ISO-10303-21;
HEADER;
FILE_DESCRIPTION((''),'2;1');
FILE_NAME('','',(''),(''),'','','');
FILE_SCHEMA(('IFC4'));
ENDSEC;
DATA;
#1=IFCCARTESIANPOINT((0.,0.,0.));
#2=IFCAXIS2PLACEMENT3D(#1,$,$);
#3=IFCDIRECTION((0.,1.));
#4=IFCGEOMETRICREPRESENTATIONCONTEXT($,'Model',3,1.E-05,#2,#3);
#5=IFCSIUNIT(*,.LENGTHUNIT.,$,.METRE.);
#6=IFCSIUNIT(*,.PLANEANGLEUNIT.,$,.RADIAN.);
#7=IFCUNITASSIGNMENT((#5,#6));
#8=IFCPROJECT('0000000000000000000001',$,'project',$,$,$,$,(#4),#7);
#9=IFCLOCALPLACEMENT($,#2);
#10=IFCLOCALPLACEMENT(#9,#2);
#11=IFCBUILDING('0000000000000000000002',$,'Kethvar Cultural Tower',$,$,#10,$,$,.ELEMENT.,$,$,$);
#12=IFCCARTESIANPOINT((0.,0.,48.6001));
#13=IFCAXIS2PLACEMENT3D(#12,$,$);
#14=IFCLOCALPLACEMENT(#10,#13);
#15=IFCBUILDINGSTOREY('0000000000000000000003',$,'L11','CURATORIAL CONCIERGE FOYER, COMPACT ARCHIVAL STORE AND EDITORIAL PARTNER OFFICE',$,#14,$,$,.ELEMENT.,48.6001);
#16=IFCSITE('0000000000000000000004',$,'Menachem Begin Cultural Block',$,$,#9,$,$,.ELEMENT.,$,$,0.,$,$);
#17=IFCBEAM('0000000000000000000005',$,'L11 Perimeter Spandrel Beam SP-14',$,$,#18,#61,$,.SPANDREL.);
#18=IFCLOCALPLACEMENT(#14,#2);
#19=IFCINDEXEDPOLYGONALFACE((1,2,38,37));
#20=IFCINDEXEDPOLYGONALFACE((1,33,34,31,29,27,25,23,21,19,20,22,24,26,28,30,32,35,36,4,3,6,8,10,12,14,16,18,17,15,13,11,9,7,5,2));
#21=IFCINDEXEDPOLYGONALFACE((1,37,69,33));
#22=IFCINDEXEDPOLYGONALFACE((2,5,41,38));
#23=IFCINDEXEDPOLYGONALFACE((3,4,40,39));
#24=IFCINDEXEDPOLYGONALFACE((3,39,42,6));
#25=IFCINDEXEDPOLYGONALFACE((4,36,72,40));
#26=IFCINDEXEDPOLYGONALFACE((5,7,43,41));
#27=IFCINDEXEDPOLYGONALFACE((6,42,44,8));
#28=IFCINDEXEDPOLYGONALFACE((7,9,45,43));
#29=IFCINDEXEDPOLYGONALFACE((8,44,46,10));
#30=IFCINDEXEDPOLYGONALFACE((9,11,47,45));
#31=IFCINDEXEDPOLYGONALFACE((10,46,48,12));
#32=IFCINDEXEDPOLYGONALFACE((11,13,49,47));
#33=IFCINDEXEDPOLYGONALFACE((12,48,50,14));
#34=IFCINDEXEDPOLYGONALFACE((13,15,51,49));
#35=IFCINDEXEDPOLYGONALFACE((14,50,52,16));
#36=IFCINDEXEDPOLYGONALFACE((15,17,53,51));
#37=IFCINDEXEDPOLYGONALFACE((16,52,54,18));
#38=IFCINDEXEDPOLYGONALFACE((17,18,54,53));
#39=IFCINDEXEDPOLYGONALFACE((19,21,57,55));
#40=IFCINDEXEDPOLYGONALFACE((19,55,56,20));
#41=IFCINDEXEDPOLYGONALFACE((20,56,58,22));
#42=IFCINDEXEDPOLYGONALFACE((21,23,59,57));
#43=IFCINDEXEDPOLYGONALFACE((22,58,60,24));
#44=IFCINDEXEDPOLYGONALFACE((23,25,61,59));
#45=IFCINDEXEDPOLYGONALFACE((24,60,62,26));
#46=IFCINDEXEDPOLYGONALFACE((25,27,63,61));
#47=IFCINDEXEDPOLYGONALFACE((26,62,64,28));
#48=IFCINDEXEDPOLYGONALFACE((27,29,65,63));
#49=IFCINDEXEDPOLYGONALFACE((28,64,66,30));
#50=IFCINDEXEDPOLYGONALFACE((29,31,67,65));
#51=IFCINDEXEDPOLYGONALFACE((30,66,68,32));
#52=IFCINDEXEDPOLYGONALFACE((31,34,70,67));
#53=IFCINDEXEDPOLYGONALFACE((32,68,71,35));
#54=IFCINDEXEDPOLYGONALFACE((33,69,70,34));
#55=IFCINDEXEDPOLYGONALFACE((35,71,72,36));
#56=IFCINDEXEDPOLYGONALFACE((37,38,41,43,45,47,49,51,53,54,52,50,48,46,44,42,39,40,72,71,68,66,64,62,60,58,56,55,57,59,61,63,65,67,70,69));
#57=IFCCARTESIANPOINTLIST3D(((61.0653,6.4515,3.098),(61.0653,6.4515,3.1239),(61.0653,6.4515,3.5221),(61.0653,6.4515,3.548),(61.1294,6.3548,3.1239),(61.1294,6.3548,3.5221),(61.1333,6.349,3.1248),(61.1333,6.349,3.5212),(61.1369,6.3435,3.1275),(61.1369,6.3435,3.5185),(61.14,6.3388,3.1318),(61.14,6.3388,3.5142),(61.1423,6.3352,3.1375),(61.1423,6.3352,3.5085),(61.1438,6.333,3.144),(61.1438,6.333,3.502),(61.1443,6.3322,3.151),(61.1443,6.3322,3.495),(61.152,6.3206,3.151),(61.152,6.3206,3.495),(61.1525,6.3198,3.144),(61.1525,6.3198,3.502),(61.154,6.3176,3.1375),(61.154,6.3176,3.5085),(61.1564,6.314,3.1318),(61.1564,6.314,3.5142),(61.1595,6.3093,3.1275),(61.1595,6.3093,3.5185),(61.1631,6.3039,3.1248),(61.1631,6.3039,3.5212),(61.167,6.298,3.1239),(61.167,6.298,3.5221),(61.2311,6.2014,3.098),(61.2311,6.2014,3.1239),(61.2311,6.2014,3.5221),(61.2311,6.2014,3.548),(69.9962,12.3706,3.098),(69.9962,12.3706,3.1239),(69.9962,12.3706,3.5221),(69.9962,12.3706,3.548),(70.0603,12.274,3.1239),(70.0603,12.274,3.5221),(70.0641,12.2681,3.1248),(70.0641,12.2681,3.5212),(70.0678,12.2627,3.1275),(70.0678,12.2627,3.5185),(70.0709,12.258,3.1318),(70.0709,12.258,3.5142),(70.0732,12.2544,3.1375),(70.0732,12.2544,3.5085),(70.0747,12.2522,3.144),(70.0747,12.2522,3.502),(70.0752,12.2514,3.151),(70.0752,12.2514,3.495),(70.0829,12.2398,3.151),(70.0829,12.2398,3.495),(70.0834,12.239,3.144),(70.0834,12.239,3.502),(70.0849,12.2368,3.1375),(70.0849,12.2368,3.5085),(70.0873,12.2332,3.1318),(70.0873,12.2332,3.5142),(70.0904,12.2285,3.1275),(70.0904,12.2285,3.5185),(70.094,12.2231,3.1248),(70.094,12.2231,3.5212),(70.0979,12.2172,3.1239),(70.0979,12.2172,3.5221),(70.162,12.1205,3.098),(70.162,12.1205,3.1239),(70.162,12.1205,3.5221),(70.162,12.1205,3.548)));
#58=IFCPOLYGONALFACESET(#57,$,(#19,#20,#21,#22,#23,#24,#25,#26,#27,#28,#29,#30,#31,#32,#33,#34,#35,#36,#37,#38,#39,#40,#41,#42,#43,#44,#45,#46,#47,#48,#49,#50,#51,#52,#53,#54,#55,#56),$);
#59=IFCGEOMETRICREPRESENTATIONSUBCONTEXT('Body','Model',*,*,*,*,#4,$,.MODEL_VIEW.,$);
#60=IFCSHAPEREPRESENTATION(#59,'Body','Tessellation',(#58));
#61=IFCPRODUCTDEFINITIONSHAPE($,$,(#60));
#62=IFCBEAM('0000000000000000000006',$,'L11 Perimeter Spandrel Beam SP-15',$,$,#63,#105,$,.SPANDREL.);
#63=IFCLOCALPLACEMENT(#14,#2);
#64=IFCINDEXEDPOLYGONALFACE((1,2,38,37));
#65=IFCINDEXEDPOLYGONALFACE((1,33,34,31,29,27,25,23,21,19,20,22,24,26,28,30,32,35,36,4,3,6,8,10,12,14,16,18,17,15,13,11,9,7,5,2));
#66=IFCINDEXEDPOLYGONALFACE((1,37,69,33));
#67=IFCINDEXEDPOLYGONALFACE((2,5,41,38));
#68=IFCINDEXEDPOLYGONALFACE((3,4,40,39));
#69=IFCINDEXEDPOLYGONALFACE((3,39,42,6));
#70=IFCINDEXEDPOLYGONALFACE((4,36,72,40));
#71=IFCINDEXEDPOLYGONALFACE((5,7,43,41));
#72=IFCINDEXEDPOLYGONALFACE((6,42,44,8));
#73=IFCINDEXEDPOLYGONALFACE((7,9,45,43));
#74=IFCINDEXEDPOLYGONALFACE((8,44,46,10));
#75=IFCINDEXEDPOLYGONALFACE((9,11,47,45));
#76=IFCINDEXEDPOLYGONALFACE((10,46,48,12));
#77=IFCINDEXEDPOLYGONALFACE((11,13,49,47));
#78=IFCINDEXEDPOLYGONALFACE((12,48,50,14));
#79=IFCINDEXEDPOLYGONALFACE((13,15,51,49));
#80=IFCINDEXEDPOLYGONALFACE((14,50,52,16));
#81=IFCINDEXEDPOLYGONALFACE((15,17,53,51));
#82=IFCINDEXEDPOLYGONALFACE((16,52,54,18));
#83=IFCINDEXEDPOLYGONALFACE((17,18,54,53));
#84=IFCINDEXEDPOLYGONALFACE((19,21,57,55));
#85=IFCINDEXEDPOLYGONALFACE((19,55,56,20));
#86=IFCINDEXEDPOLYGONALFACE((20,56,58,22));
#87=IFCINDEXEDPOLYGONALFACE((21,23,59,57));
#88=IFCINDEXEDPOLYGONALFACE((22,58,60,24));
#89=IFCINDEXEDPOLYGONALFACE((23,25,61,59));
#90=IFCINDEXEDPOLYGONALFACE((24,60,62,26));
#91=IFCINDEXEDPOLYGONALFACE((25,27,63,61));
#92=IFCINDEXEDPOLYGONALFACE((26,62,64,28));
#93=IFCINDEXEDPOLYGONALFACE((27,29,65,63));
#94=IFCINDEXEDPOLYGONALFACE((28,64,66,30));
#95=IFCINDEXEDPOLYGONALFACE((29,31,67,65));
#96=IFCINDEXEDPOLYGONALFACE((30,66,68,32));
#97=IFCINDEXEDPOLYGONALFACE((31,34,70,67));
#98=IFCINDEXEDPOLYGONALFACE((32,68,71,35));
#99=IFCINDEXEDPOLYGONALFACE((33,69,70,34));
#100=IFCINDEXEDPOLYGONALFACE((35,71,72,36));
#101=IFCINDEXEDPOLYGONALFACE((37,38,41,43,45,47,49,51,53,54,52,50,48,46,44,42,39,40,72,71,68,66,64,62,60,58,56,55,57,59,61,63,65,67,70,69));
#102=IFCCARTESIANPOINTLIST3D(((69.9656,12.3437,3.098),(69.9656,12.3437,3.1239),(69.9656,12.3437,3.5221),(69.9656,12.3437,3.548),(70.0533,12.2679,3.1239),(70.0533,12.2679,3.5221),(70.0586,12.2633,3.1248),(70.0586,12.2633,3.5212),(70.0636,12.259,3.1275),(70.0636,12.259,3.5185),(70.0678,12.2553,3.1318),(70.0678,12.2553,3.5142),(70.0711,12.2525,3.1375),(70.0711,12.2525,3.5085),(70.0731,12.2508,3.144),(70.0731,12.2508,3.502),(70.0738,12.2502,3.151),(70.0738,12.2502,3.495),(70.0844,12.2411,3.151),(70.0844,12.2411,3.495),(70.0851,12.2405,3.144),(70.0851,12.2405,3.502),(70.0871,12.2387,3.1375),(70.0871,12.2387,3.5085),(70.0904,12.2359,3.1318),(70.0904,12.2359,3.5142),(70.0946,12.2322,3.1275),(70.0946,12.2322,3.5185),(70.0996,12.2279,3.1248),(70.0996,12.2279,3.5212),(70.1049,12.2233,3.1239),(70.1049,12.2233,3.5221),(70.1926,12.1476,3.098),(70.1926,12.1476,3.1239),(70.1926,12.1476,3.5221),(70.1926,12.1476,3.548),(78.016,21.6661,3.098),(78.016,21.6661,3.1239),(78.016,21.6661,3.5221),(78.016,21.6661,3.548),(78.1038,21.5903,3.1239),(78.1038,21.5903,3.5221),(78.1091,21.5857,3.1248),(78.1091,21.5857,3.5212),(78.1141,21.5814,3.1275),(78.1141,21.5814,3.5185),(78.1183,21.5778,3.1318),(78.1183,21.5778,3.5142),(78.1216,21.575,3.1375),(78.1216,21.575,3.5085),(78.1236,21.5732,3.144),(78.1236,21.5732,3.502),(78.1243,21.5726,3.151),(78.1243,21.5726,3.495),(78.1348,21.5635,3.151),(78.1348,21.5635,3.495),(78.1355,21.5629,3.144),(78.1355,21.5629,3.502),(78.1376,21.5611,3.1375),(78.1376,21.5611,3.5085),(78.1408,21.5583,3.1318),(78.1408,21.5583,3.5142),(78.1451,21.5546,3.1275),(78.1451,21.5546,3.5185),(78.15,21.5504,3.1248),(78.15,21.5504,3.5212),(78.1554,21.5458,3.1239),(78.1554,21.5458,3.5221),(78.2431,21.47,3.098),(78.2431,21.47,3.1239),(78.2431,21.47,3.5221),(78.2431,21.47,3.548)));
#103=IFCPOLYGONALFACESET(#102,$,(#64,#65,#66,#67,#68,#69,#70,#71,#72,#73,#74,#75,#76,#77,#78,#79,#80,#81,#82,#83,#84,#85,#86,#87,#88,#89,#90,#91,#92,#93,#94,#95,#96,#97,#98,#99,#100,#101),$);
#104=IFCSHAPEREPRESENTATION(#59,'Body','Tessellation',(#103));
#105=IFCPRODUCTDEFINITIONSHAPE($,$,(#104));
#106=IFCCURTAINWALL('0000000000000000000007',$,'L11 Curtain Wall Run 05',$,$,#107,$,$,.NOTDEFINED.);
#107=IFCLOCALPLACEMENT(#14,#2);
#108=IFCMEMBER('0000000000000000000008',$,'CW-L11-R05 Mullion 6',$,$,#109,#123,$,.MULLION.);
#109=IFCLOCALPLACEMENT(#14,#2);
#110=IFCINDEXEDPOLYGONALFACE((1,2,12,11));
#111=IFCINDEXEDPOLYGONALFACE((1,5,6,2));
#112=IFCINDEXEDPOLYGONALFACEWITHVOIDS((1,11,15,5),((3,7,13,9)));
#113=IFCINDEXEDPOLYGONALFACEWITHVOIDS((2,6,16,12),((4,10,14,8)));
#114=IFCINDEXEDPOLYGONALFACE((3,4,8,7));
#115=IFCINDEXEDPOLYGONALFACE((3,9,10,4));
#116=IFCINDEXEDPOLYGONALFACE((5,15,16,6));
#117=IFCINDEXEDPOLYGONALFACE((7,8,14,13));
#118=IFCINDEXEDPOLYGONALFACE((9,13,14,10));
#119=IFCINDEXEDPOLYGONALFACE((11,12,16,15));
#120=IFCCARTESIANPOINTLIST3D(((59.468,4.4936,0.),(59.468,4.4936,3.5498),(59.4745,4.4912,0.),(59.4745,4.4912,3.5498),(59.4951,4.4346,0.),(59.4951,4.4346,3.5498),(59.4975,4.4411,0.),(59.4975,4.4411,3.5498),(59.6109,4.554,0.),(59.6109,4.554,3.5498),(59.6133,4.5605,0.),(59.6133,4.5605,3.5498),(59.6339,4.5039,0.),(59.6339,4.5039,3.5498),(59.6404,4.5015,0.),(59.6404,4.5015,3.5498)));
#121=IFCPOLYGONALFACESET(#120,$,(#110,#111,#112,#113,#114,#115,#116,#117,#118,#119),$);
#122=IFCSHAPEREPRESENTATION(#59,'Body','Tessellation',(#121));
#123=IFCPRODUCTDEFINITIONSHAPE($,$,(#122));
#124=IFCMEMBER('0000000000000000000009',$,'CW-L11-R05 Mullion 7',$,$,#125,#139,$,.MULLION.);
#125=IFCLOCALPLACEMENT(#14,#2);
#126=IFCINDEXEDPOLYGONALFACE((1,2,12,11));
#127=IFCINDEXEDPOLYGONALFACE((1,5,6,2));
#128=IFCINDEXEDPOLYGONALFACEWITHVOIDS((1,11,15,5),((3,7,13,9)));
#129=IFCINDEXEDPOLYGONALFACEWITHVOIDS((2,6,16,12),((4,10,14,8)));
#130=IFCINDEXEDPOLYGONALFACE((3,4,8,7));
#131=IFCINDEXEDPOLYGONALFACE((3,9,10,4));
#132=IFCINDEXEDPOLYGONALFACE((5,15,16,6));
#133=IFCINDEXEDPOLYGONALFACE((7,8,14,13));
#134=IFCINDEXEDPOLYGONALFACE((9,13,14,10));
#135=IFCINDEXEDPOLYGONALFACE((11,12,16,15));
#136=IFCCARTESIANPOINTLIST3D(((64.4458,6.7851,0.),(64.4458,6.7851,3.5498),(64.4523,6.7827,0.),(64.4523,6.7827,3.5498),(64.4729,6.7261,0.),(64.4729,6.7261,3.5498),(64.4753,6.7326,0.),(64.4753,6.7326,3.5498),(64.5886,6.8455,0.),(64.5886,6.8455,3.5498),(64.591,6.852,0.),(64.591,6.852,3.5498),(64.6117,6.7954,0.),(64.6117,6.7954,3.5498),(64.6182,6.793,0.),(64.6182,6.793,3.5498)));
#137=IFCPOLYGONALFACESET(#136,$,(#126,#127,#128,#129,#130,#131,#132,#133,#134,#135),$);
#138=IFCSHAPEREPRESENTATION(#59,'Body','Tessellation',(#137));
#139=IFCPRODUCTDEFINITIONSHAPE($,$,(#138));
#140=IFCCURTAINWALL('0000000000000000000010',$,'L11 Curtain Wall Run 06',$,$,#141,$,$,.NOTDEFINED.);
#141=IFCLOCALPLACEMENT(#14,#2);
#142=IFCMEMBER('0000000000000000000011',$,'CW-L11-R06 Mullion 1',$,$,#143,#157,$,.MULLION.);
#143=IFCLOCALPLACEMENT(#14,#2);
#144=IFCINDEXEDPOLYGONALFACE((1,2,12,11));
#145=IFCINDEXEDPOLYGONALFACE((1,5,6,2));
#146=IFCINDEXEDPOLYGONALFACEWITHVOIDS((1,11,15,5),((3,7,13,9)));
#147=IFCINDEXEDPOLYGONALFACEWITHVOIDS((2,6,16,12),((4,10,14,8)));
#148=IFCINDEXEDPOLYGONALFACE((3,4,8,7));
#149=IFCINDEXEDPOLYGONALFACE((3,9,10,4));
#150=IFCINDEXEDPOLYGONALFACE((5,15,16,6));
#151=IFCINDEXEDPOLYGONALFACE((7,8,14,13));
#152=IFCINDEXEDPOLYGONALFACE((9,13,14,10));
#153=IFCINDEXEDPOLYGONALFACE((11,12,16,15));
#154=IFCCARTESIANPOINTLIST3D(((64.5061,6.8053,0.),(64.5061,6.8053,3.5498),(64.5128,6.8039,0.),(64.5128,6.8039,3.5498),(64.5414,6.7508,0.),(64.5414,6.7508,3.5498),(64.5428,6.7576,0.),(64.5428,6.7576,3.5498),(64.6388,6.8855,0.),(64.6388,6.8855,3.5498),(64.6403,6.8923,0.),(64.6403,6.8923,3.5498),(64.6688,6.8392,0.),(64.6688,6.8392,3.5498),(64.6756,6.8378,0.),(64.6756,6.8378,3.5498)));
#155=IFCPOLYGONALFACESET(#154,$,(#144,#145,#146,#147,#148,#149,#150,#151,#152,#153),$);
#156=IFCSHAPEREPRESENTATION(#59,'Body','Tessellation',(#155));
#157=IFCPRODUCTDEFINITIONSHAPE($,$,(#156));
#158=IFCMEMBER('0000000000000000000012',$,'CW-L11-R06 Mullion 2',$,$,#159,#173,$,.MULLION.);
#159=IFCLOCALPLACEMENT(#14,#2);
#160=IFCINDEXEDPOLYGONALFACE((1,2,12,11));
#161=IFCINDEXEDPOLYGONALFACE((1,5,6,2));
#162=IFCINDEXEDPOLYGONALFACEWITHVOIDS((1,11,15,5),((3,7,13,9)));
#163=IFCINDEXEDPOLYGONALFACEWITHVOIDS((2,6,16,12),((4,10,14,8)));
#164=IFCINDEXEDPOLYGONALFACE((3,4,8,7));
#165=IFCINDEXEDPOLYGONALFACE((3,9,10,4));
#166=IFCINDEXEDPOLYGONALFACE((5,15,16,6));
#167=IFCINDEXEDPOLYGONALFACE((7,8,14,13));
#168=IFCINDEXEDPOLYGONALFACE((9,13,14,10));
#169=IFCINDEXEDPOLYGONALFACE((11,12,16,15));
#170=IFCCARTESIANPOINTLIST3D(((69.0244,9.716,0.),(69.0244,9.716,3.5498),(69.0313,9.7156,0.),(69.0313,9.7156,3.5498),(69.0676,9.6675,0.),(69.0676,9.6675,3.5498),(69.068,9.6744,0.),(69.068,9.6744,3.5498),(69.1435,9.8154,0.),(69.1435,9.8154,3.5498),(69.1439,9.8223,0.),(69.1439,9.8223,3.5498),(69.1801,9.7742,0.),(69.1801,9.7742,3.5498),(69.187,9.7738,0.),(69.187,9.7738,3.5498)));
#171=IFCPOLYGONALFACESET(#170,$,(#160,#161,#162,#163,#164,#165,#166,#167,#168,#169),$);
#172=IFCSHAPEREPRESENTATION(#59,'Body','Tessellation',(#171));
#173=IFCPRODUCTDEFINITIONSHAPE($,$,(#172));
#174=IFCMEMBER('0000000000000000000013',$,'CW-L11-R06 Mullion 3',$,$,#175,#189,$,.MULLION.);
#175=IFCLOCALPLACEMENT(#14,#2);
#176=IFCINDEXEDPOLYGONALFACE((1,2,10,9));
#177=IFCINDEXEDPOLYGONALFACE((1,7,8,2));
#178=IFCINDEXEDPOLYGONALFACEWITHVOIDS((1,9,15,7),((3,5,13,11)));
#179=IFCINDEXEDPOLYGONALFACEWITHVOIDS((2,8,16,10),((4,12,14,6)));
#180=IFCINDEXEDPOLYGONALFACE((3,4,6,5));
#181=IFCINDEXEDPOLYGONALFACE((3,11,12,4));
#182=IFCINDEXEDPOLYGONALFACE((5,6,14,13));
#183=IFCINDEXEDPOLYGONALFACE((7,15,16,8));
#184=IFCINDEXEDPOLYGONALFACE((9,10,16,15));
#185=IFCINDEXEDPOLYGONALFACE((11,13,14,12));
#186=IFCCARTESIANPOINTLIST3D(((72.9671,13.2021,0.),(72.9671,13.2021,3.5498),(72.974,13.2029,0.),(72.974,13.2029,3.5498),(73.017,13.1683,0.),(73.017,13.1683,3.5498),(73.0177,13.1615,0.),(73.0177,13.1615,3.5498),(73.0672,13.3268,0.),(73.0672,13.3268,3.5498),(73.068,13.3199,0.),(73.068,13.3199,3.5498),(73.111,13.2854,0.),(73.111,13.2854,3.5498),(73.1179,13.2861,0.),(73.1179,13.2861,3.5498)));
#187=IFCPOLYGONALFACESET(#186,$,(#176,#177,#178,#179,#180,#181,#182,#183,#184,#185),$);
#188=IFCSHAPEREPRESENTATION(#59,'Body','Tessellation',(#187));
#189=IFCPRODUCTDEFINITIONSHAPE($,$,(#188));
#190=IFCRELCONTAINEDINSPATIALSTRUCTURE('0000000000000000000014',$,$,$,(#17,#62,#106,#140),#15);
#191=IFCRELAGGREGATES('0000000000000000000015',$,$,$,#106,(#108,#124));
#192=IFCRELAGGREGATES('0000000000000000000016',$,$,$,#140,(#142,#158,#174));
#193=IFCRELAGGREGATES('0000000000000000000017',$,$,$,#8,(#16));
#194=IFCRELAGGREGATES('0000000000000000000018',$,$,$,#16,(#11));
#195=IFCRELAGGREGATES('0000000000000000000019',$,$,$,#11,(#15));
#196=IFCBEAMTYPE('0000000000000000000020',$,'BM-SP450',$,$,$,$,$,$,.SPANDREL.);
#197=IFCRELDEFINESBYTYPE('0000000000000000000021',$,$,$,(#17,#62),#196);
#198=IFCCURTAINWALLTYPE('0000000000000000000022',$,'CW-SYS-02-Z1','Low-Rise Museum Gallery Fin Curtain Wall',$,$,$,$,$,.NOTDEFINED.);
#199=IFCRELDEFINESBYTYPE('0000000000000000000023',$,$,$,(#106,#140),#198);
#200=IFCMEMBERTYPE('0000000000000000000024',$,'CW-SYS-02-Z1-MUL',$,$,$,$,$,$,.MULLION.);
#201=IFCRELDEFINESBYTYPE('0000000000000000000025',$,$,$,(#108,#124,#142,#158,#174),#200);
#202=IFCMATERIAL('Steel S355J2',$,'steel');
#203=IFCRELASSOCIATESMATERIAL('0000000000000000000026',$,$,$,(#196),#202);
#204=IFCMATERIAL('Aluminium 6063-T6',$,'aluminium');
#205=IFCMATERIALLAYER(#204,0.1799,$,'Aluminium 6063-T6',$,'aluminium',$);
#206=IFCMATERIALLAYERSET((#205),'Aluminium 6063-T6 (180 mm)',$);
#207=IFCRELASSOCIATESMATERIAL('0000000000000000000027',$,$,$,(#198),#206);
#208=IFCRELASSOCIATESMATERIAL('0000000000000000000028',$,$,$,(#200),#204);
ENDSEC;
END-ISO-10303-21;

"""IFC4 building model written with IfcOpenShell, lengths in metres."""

from ifc_helpers import new_model, si_unit, direction, frame, origin, origin_2d, place, context, subcontext, project, spatial, hollow_rectangle, i_section, extrude, source, transform, mapped, material, layer, layer_set, material_profile, profile_set, type_object, element, aggregate, save


model = new_model("IFC4")

# Units and contexts
model_context = context("Model", 3, precision=1e-05, world=origin(), true_north=direction((0.0, 1.0)))
body_context = subcontext(model_context, "Body", "Model", "MODEL_VIEW")
ifc_project = project(units=[si_unit("LENGTHUNIT", "METRE"), si_unit("PLANEANGLEUNIT", "RADIAN")], contexts=[model_context])

# Site, building, storey
site_placement = place(None, origin())
site = spatial("IfcSite", under=ifc_project, at=site_placement, Name="Menachem Begin Cultural Block", CompositionType="ELEMENT", RefElevation=0.0)
building_placement = place(site_placement, origin())
building = spatial("IfcBuilding", under=site, at=building_placement, Name="Kethvar Cultural Tower", CompositionType="ELEMENT")
storey_placement = place(building_placement, frame((0.0, 0.0, 48.6001)))
storey = spatial("IfcBuildingStorey", under=building, at=storey_placement, Name="L11", Description="CURATORIAL CONCIERGE FOYER, COMPACT ARCHIVAL STORE AND EDITORIAL PARTNER OFFICE", CompositionType="ELEMENT", Elevation=48.6001)

# Beams
ifc_material_1 = material(Name="Steel S355J2", Category="steel")
ifc_material_profile_1 = material_profile(ifc_material_1, i_section(OverallWidth=0.3, OverallDepth=0.45, WebThickness=0.0139, FlangeThickness=0.0259, FilletRadius=0.0271, at=origin_2d()), Name="Steel S355J2 — HEB450")
ifc_profile_set_1 = profile_set([ifc_material_profile_1], Name="Steel S355J2 — HEB450")
beam_type_1 = type_object("IfcBeamType", Name="BM-SP450", PredefinedType="SPANDREL", material=ifc_profile_set_1)
shared_shape_1 = source(origin(), body_context, "Body", "SweptSolid", [
    extrude(i_section(OverallWidth=0.3, OverallDepth=0.45, WebThickness=0.0139, FlangeThickness=0.0259, FilletRadius=0.0271, at=origin_2d()), origin(), (0.0, 0.0, 1.0), 10.7144),
])
beam_1_placement = place(storey_placement, frame((61.1482, 6.3264, 3.323), z_axis=(0.833544, 0.552453, 0.0), x_axis=(-0.552453, 0.833544, 0.0)))
element("IfcBeam", 1, at=beam_1_placement, inside=storey, type_object=beam_type_1, Name="L11 Perimeter Spandrel Beam SP-14", PredefinedType="SPANDREL", context=body_context, shape_type="MappedRepresentation", body=[
    mapped(shared_shape_1, transform((0.0, 0.0, 0.0), scale=1.0)),
])
shared_shape_2 = source(origin(), body_context, "Body", "SweptSolid", [
    extrude(i_section(OverallWidth=0.3, OverallDepth=0.45, WebThickness=0.0139, FlangeThickness=0.0259, FilletRadius=0.0271, at=origin_2d()), origin(), (0.0, 0.0, 1.0), 12.3174),
])
beam_2_placement = place(storey_placement, frame((70.0791, 12.2456, 3.323), z_axis=(0.653586, 0.756852, 0.0), x_axis=(-0.756852, 0.653586, 0.0)))
element("IfcBeam", 2, at=beam_2_placement, inside=storey, type_object=beam_type_1, Name="L11 Perimeter Spandrel Beam SP-15", PredefinedType="SPANDREL", context=body_context, shape_type="MappedRepresentation", body=[
    mapped(shared_shape_2, transform((0.0, 0.0, 0.0), scale=1.0)),
])

# Curtain walls, members
ifc_material_2 = material(Name="Aluminium 6063-T6", Category="aluminium")
ifc_layer_1 = layer(ifc_material_2, 0.1799, Name="Aluminium 6063-T6", Category="aluminium")
ifc_layer_set_1 = layer_set([ifc_layer_1], Name="Aluminium 6063-T6 (180 mm)")
curtain_wall_type = type_object("IfcCurtainWallType", Name="CW-SYS-02-Z1", Description="Low-Rise Museum Gallery Fin Curtain Wall", PredefinedType="NOTDEFINED", material=ifc_layer_set_1)
curtain_wall_1_placement = place(storey_placement, origin())
curtain_wall_1 = element("IfcCurtainWall", 3, at=curtain_wall_1_placement, inside=storey, type_object=curtain_wall_type, Name="L11 Curtain Wall Run 05", PredefinedType="NOTDEFINED")
ifc_material_profile_2 = material_profile(ifc_material_2, hollow_rectangle(XDim=0.0649, YDim=0.1599, WallThickness=0.0049, at=origin_2d()), Name="Aluminium 6063-T6 — RHS160x65x5")
ifc_profile_set_2 = profile_set([ifc_material_profile_2], Name="Aluminium 6063-T6 — RHS160x65x5")
member_type_1 = type_object("IfcMemberType", Name="CW-SYS-02-Z1-MUL", PredefinedType="MULLION", material=ifc_profile_set_2)
shared_shape_3 = source(origin(), body_context, "Body", "SweptSolid", [
    extrude(hollow_rectangle(XDim=0.0649, YDim=0.1599, WallThickness=0.0049, at=origin_2d()), origin(), (0.0, 0.0, 1.0), 3.5498),
])
member_1_placement = place(storey_placement, frame((59.5542, 4.4976, 0.0), z_axis=(0.0, 0.0, 1.0), x_axis=(-0.418152, 0.908377, 0.0)))
member_1 = element("IfcMember", 4, at=member_1_placement, type_object=member_type_1, Name="CW-L11-R05 Mullion 6", PredefinedType="MULLION", context=body_context, shape_type="MappedRepresentation", body=[
    mapped(shared_shape_3, transform((0.0, 0.0, 0.0), scale=1.0)),
])
member_2_placement = place(storey_placement, frame((64.532, 6.7891, 0.0), z_axis=(0.0, 0.0, 1.0), x_axis=(-0.418152, 0.908377, 0.0)))
member_2 = element("IfcMember", 5, at=member_2_placement, type_object=member_type_1, Name="CW-L11-R05 Mullion 7", PredefinedType="MULLION", context=body_context, shape_type="MappedRepresentation", body=[
    mapped(shared_shape_3, transform((0.0, 0.0, 0.0), scale=1.0)),
])
curtain_wall_2_placement = place(storey_placement, origin())
curtain_wall_2 = element("IfcCurtainWall", 6, at=curtain_wall_2_placement, inside=storey, type_object=curtain_wall_type, Name="L11 Curtain Wall Run 06", PredefinedType="NOTDEFINED")
member_3_placement = place(storey_placement, frame((64.5908, 6.8215, 0.0), z_axis=(0.0, 0.0, 1.0), x_axis=(-0.543731, 0.839259, 0.0)))
member_3 = element("IfcMember", 7, at=member_3_placement, type_object=member_type_1, Name="CW-L11-R06 Mullion 1", PredefinedType="MULLION", context=body_context, shape_type="MappedRepresentation", body=[
    mapped(shared_shape_3, transform((0.0, 0.0, 0.0), scale=1.0)),
])
member_4_placement = place(storey_placement, frame((69.1057, 9.7449, 0.0), z_axis=(0.0, 0.0, 1.0), x_axis=(-0.664605, 0.747195, 0.0)))
member_4 = element("IfcMember", 8, at=member_4_placement, type_object=member_type_1, Name="CW-L11-R06 Mullion 2", PredefinedType="MULLION", context=body_context, shape_type="MappedRepresentation", body=[
    mapped(shared_shape_3, transform((0.0, 0.0, 0.0), scale=1.0)),
])
member_5_placement = place(storey_placement, frame((73.0425, 13.2441, 0.0), z_axis=(0.0, 0.0, 1.0), x_axis=(-0.779666, 0.626196, 0.0)))
member_5 = element("IfcMember", 9, at=member_5_placement, type_object=member_type_1, Name="CW-L11-R06 Mullion 3", PredefinedType="MULLION", context=body_context, shape_type="MappedRepresentation", body=[
    mapped(shared_shape_3, transform((0.0, 0.0, 0.0), scale=1.0)),
])

aggregate(curtain_wall_1, [member_1, member_2])
aggregate(curtain_wall_2, [member_3, member_4, member_5])

save(model, "model.ifc")
